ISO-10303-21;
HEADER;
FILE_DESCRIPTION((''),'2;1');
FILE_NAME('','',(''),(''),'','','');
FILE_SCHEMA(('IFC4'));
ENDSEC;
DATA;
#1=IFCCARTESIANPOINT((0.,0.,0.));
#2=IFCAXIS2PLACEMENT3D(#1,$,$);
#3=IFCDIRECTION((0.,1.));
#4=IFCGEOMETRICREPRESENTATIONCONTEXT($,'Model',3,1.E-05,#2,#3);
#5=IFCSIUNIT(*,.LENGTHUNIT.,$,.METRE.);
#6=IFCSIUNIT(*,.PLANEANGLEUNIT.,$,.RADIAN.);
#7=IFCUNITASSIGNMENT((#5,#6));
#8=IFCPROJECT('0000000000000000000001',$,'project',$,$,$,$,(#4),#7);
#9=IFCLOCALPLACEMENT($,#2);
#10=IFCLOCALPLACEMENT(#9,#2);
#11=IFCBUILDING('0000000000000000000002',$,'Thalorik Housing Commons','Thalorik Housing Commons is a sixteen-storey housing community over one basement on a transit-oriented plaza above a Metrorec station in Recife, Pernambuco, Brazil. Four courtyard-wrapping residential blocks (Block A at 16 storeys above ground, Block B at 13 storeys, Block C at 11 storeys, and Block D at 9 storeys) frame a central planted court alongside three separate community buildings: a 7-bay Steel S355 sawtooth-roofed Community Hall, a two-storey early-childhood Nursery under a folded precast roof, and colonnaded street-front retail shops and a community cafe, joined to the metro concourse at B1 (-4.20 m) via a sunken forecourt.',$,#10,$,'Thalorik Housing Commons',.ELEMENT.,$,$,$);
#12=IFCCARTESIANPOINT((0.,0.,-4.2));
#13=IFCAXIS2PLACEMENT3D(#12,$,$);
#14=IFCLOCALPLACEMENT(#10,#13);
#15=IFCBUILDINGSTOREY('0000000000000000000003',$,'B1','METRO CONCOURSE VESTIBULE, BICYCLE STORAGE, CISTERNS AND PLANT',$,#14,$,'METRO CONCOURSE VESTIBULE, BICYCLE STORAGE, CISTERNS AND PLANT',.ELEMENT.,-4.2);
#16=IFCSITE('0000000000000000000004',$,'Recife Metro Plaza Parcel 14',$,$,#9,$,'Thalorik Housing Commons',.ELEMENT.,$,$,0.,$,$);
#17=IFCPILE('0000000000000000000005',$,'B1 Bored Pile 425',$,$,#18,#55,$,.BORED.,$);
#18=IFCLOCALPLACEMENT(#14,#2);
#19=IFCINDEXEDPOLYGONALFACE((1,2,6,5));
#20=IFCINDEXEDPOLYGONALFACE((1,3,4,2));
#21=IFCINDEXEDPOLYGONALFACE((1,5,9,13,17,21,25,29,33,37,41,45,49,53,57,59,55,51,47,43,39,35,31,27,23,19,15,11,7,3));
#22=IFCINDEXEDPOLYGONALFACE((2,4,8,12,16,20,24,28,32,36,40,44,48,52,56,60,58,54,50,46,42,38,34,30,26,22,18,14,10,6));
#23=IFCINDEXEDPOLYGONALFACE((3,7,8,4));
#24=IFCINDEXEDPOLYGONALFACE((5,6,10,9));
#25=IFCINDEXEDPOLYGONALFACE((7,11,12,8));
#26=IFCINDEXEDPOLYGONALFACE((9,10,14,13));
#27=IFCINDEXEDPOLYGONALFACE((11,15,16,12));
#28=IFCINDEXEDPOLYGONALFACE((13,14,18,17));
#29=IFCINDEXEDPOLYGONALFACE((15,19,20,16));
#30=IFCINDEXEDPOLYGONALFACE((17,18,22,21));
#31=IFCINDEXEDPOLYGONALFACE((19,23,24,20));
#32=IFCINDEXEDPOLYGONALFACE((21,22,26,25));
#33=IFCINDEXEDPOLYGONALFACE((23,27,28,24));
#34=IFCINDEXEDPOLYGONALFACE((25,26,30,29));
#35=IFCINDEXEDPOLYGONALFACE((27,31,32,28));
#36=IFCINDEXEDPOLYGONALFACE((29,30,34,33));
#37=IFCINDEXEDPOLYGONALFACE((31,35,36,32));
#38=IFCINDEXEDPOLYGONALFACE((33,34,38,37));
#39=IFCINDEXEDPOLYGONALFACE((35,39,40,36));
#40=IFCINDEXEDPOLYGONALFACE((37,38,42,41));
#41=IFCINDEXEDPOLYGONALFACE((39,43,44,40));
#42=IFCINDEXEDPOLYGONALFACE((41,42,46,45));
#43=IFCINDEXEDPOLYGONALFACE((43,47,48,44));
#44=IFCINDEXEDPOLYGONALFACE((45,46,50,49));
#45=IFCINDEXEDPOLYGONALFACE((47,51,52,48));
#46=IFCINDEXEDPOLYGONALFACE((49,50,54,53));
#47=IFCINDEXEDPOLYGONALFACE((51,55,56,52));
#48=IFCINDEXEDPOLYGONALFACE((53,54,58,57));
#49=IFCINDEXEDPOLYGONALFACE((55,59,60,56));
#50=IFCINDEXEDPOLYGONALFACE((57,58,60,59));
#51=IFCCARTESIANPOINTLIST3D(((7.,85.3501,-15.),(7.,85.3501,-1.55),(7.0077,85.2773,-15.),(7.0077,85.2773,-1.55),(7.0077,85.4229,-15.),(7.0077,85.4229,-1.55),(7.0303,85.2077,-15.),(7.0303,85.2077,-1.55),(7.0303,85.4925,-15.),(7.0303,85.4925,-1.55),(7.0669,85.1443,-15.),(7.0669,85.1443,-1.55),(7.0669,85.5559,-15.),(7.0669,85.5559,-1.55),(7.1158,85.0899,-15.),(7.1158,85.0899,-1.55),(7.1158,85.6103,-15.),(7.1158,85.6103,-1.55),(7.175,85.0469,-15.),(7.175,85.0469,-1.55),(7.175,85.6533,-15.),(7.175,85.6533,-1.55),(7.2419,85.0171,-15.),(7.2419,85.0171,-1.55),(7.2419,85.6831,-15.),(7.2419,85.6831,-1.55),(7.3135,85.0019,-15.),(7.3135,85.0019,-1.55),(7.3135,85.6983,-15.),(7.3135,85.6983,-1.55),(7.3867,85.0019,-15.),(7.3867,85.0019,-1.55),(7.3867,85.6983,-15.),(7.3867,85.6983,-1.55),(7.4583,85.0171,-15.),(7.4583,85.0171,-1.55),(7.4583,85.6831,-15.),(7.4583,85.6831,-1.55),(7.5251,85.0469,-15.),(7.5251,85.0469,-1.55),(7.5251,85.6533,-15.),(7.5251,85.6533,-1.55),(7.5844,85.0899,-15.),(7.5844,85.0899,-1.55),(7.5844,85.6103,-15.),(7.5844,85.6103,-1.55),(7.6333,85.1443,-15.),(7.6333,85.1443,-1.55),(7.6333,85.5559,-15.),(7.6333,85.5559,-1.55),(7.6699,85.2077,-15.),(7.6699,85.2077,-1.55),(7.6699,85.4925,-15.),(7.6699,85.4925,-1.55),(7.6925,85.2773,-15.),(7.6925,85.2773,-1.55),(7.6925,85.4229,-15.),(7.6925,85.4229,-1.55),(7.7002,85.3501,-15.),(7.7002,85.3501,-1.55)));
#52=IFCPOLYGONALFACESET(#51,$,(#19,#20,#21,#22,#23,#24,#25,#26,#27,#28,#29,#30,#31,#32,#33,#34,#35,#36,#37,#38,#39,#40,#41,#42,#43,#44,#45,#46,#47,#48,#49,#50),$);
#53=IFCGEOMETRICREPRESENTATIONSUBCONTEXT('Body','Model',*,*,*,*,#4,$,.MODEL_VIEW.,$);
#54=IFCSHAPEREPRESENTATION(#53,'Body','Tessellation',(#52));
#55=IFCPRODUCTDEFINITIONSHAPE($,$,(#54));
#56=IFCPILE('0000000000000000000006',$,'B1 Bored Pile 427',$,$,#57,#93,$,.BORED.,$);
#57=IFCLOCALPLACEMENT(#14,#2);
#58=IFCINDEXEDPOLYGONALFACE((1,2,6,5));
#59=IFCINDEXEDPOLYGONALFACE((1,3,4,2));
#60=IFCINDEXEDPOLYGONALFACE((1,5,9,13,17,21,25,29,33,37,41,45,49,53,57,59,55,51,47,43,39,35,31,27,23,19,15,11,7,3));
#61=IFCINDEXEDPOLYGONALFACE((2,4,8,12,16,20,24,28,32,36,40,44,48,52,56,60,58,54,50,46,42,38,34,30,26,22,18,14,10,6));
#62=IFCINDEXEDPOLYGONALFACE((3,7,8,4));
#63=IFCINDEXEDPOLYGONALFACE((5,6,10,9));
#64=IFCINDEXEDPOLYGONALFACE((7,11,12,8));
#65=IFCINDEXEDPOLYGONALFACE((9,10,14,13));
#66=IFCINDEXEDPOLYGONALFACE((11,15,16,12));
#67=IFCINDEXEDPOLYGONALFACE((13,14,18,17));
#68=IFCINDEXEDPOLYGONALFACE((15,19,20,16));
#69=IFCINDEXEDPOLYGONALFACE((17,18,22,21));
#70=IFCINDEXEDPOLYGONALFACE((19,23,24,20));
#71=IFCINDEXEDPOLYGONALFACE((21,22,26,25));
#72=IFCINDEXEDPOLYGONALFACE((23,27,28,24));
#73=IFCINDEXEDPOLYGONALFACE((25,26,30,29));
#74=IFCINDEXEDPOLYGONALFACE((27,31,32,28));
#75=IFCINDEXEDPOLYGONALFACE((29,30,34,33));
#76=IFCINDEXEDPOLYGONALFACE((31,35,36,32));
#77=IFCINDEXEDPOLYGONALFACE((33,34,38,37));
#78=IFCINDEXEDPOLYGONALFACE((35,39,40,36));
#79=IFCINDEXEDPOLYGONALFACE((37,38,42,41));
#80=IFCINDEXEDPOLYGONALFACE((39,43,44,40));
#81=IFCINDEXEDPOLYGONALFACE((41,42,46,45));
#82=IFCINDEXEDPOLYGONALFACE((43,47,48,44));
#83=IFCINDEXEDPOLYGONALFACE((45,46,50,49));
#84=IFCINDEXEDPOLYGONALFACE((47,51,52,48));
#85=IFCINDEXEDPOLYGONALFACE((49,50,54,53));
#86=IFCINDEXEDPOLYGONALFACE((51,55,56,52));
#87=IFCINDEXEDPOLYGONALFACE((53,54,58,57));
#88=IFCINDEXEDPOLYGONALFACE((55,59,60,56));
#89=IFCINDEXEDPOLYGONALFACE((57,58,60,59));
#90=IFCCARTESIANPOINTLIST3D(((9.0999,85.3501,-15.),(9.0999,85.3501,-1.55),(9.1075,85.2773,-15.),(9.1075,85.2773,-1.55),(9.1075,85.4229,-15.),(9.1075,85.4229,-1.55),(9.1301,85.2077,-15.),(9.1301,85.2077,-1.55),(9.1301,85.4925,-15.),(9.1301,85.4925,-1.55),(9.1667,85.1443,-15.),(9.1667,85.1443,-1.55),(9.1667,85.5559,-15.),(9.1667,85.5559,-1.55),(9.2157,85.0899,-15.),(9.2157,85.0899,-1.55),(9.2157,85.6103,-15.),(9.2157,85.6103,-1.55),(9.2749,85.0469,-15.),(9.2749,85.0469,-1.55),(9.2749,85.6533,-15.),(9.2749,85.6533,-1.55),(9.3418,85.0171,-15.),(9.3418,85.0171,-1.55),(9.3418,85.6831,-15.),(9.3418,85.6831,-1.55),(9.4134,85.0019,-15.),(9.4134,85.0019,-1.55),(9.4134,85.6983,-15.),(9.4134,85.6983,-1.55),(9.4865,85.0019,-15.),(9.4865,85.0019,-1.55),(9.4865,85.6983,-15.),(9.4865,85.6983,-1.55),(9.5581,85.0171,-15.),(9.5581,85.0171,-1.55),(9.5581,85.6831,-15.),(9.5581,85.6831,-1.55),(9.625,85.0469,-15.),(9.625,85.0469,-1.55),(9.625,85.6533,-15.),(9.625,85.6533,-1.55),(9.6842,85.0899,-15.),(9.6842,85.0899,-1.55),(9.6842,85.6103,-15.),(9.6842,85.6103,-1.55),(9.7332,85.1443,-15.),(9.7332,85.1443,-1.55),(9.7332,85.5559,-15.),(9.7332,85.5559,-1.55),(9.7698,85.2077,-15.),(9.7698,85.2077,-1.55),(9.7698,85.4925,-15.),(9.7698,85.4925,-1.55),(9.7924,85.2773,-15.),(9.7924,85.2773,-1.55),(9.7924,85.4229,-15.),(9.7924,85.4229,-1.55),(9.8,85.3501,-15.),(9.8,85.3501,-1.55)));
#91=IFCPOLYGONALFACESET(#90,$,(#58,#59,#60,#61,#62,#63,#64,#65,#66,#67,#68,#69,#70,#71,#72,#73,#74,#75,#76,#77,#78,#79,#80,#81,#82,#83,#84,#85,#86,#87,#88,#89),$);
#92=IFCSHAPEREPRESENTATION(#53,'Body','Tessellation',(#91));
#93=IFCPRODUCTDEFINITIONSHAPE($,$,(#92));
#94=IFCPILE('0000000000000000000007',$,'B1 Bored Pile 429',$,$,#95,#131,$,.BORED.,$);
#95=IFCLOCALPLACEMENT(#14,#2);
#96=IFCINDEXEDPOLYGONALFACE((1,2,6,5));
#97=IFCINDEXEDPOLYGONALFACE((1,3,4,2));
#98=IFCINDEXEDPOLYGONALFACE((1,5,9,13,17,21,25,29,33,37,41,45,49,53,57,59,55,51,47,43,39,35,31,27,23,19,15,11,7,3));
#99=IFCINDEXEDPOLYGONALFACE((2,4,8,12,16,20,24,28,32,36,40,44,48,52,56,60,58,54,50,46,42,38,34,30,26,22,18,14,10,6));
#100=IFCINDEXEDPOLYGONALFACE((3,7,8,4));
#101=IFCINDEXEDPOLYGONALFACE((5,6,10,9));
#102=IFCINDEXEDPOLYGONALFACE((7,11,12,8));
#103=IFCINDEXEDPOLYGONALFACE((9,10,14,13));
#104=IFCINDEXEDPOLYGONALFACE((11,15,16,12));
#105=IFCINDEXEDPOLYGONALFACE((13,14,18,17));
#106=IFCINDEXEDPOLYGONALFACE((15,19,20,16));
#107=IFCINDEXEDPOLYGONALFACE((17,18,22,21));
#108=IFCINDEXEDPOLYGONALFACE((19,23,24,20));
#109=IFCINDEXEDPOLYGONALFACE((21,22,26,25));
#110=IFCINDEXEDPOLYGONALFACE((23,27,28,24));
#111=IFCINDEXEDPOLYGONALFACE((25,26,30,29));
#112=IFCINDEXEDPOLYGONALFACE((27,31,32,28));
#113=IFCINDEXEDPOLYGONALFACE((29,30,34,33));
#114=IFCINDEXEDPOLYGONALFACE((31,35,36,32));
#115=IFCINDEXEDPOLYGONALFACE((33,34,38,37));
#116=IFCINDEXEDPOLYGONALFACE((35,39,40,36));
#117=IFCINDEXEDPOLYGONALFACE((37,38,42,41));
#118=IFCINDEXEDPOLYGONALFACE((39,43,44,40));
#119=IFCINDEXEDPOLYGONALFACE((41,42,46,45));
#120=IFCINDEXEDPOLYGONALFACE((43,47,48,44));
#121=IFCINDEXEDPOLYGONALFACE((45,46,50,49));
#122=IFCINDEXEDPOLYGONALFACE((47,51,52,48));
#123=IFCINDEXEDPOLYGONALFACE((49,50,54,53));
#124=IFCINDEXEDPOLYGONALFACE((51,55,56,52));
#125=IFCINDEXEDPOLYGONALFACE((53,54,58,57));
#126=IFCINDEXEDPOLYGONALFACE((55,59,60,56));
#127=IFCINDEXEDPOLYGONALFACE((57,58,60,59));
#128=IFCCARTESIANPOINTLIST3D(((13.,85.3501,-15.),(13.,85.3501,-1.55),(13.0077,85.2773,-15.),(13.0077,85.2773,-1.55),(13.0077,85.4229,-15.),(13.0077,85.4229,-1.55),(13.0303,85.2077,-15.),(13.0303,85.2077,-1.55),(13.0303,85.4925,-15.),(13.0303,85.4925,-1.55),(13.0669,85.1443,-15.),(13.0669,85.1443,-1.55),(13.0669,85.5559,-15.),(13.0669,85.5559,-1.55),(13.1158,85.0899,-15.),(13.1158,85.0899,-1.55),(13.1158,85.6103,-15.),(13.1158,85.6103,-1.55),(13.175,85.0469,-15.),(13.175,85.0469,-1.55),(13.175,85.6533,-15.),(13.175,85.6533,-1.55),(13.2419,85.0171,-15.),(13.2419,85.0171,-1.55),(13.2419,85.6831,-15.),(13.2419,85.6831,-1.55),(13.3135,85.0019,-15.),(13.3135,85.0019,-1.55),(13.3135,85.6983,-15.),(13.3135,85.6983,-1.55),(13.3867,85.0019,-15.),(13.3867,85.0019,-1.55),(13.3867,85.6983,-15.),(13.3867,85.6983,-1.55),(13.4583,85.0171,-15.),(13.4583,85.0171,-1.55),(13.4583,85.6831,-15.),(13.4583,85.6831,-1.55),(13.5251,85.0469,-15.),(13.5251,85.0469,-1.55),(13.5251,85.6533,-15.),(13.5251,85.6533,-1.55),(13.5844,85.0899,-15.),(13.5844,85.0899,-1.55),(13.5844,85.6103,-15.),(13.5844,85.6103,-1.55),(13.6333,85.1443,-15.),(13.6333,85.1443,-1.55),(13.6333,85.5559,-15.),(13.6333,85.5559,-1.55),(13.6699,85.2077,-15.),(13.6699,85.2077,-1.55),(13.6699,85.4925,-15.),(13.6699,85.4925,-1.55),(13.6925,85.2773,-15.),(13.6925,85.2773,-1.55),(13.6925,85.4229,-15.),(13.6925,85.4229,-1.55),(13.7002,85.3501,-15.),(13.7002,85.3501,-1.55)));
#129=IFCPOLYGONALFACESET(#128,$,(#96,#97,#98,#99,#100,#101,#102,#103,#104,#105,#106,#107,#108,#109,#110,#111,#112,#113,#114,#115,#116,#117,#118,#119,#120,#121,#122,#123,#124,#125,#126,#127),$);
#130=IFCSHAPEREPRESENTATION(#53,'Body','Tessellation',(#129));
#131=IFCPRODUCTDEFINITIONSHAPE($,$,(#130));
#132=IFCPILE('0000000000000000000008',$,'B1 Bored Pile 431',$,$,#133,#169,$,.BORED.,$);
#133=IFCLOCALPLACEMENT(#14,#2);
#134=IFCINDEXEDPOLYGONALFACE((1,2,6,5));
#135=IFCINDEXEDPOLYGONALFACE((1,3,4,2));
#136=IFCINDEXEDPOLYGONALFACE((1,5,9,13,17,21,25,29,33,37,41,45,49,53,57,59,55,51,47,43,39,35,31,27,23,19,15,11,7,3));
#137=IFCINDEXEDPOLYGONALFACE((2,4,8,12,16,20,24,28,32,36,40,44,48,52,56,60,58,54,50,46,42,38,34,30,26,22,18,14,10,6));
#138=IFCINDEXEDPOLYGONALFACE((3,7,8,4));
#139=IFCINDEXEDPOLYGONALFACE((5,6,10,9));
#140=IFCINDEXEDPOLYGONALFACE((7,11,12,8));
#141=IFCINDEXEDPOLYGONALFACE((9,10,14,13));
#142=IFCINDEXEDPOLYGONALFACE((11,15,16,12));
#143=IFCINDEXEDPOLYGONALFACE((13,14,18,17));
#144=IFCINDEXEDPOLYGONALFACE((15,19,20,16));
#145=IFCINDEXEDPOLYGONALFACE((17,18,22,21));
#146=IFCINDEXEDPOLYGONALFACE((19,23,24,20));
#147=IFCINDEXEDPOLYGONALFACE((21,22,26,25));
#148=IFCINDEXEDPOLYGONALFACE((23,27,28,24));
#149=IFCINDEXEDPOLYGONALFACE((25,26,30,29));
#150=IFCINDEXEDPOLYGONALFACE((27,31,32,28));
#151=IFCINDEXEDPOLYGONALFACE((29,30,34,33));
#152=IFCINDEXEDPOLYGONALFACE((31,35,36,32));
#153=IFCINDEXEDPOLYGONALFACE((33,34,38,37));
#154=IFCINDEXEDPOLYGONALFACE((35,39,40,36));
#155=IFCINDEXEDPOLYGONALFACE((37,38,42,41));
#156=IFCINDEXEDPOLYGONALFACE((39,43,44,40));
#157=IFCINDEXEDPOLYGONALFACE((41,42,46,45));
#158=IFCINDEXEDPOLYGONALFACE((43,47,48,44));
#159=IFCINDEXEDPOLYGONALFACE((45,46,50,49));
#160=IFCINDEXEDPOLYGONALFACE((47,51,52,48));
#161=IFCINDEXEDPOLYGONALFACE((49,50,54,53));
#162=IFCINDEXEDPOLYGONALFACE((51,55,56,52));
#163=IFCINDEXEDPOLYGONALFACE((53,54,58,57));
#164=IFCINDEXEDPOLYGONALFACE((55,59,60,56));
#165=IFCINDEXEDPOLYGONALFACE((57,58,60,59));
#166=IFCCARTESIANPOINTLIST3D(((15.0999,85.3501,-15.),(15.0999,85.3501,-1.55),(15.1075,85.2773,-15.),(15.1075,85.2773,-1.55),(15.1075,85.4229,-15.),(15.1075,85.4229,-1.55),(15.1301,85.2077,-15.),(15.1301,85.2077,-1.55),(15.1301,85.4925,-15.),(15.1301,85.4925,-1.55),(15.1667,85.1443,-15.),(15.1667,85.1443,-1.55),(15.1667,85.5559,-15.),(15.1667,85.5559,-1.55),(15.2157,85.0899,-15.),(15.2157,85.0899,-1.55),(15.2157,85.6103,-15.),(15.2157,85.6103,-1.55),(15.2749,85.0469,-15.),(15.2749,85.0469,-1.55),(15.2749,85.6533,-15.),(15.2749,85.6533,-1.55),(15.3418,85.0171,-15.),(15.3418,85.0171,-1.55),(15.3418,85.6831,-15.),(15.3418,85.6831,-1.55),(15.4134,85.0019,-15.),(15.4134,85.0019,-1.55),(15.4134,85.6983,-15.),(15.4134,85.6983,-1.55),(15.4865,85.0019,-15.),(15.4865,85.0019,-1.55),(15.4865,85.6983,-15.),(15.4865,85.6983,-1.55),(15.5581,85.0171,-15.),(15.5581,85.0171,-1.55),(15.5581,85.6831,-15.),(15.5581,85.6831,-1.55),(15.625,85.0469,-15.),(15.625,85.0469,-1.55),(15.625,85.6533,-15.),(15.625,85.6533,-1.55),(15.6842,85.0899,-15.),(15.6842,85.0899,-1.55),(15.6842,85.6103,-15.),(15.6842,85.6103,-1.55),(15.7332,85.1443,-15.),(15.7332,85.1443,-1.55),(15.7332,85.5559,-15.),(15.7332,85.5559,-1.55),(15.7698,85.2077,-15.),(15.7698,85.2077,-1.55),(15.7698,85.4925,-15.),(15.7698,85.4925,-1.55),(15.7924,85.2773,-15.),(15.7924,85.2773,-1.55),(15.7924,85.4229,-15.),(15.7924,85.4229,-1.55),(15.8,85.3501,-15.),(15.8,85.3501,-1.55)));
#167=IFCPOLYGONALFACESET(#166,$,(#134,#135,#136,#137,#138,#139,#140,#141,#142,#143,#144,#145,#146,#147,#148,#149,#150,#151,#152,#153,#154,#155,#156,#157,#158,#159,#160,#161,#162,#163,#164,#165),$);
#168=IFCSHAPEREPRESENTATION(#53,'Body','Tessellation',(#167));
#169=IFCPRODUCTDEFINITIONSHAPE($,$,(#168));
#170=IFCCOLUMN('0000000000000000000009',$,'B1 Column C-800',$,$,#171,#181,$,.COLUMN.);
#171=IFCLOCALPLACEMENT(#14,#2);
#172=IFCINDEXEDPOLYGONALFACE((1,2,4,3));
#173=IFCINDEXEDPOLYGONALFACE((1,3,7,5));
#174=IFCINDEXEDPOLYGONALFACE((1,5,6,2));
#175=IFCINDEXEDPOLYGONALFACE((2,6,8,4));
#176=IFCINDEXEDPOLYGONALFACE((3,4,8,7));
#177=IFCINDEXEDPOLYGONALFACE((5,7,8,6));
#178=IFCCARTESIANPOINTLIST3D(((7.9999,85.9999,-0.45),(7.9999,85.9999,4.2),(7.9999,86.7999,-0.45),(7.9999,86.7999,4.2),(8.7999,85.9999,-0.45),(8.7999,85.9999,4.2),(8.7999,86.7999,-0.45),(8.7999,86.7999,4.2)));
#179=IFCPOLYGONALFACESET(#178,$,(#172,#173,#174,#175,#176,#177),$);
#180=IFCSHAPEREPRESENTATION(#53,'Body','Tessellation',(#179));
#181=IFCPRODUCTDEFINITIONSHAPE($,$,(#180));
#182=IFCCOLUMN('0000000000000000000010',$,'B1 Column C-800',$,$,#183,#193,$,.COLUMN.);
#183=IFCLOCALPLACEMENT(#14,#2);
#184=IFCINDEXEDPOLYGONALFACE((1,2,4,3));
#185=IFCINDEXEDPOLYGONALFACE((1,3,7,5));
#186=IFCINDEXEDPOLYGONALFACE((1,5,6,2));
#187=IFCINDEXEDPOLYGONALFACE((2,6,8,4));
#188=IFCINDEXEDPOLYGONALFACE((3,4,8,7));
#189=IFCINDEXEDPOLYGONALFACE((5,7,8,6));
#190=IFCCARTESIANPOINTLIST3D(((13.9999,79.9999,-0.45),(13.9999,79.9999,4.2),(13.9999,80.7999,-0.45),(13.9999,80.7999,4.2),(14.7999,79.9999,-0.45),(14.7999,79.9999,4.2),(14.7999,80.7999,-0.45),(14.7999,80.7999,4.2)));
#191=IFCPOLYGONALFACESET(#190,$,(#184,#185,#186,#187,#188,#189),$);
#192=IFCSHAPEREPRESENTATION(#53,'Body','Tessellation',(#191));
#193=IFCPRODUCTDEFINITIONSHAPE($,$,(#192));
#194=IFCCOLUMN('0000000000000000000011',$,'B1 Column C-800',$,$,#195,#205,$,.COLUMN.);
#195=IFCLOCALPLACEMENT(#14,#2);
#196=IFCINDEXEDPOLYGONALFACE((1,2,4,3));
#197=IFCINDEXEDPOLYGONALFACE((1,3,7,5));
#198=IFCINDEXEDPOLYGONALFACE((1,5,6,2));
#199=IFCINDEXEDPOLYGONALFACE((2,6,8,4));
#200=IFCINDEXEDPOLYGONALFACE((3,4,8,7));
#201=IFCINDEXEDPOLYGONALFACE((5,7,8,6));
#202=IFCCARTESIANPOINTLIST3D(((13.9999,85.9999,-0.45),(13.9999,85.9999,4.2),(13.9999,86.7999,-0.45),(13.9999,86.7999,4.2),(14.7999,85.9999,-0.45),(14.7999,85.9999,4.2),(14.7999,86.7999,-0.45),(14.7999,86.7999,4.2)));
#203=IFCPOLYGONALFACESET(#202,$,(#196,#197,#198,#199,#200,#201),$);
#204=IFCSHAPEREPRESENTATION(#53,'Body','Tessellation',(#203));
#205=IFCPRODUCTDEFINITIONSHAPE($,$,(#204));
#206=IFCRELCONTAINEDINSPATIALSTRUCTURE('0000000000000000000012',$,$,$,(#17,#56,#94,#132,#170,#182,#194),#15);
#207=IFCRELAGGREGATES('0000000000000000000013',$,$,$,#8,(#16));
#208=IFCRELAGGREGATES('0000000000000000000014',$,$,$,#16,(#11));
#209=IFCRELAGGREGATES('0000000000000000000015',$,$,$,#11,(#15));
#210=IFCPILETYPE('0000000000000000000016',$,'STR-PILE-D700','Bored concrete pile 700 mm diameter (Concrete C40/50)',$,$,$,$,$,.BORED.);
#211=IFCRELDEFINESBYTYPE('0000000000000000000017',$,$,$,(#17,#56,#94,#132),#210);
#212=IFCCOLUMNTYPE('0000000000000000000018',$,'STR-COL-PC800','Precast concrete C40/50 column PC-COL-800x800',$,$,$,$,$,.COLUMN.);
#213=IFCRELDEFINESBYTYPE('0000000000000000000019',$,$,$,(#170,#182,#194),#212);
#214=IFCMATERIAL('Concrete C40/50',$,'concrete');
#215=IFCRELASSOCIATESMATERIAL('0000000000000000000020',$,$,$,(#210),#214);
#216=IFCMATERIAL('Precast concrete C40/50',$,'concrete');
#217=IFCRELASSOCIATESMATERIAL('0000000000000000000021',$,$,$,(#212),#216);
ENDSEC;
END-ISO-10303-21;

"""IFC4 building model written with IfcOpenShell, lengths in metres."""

from ifc_helpers import new_model, si_unit, direction, frame, origin, origin_2d, place, context, subcontext, project, spatial, rectangle, circle, extrude, material, material_profile, profile_set, type_object, element, save


model = new_model("IFC4")

# Units and contexts
model_context = context("Model", 3, precision=1e-05, world=origin(), true_north=direction((0.0, 1.0)))
body_context = subcontext(model_context, "Body", "Model", "MODEL_VIEW")
ifc_project = project(units=[si_unit("LENGTHUNIT", "METRE"), si_unit("PLANEANGLEUNIT", "RADIAN")], contexts=[model_context])

# Site, building, storey
site_placement = place(None, origin())
site = spatial("IfcSite", under=ifc_project, at=site_placement, Name="Recife Metro Plaza Parcel 14", LongName="Thalorik Housing Commons", CompositionType="ELEMENT", RefElevation=0.0)
building_placement = place(site_placement, origin())
building = spatial("IfcBuilding", under=site, at=building_placement, Name="Thalorik Housing Commons", Description="Thalorik Housing Commons is a sixteen-storey housing community over one basement on a transit-oriented plaza above a Metrorec station in Recife, Pernambuco, Brazil. Four courtyard-wrapping residential blocks (Block A at 16 storeys above ground, Block B at 13 storeys, Block C at 11 storeys, and Block D at 9 storeys) frame a central planted court alongside three separate community buildings: a 7-bay Steel S355 sawtooth-roofed Community Hall, a two-storey early-childhood Nursery under a folded precast roof, and colonnaded street-front retail shops and a community cafe, joined to the metro concourse at B1 (-4.20 m) via a sunken forecourt.", LongName="Thalorik Housing Commons", CompositionType="ELEMENT")
storey_placement = place(building_placement, frame((0.0, 0.0, -4.2)))
storey = spatial("IfcBuildingStorey", under=building, at=storey_placement, Name="B1", Description="METRO CONCOURSE VESTIBULE, BICYCLE STORAGE, CISTERNS AND PLANT", LongName="METRO CONCOURSE VESTIBULE, BICYCLE STORAGE, CISTERNS AND PLANT", CompositionType="ELEMENT", Elevation=-4.2)

# Shared definitions
ifc_material_1 = material(Name="Concrete C40/50", Category="concrete")

# Piles
ifc_material_profile_1 = material_profile(ifc_material_1, circle(Radius=0.3501, at=origin_2d()), Name="BORED PILE D700", Category="concrete")
ifc_profile_set_1 = profile_set([ifc_material_profile_1], Name="Concrete C40/50")
pile_type_1 = type_object("IfcPileType", Name="STR-PILE-D700", Description="Bored concrete pile 700 mm diameter (Concrete C40/50)", PredefinedType="BORED", material=ifc_profile_set_1)
for number, where, z_axis, x_axis, name in (
    (1, (7.3501, 85.3501, -1.55), (0.0, 0.0, -1.0), (1.0, 0.0, 0.0), "B1 Bored Pile 425"),
    (2, (9.45, 85.3501, -1.55), (0.0, 0.0, -1.0), (1.0, 0.0, 0.0), "B1 Bored Pile 427"),
    (3, (13.3501, 85.3501, -1.55), (0.0, 0.0, -1.0), (1.0, 0.0, 0.0), "B1 Bored Pile 429"),
    (4, (15.45, 85.3501, -1.55), (0.0, 0.0, -1.0), (1.0, 0.0, 0.0), "B1 Bored Pile 431"),
):
    element("IfcPile", number, at=place(storey_placement, frame(where, z_axis=z_axis, x_axis=x_axis)), inside=storey, type_object=pile_type_1, Name=name, PredefinedType="BORED", context=body_context, shape_type="SweptSolid", body=[
        extrude(circle(Radius=0.3501, at=origin_2d()), origin(), (0.0, 0.0, 1.0), 13.45),
    ])

# Columns
ifc_material_2 = material(Name="Precast concrete C40/50", Category="concrete")
ifc_material_profile_2 = material_profile(ifc_material_2, rectangle(XDim=0.8, YDim=0.8, at=origin_2d()), Name="PC 800x800", Category="concrete")
ifc_profile_set_2 = profile_set([ifc_material_profile_2], Name="Precast concrete C40/50")
column_type = type_object("IfcColumnType", Name="STR-COL-PC800", Description="Precast concrete C40/50 column PC-COL-800x800", PredefinedType="COLUMN", material=ifc_profile_set_2)
for number, where, z_axis, x_axis, name in (
    (5, (8.3999, 86.3999, -0.45), (0.0, 0.0, 1.0), (1.0, 0.0, 0.0), "B1 Column C-800"),
    (6, (14.3999, 80.3999, -0.45), (0.0, 0.0, 1.0), (1.0, 0.0, 0.0), "B1 Column C-800"),
    (7, (14.3999, 86.3999, -0.45), (0.0, 0.0, 1.0), (1.0, 0.0, 0.0), "B1 Column C-800"),
):
    element("IfcColumn", number, at=place(storey_placement, frame(where, z_axis=z_axis, x_axis=x_axis)), inside=storey, type_object=column_type, Name=name, PredefinedType="COLUMN", context=body_context, shape_type="SweptSolid", body=[
        extrude(rectangle(XDim=0.8, YDim=0.8, at=origin_2d()), origin(), (0.0, 0.0, 1.0), 4.6499),
    ])

save(model, "model.ifc")
